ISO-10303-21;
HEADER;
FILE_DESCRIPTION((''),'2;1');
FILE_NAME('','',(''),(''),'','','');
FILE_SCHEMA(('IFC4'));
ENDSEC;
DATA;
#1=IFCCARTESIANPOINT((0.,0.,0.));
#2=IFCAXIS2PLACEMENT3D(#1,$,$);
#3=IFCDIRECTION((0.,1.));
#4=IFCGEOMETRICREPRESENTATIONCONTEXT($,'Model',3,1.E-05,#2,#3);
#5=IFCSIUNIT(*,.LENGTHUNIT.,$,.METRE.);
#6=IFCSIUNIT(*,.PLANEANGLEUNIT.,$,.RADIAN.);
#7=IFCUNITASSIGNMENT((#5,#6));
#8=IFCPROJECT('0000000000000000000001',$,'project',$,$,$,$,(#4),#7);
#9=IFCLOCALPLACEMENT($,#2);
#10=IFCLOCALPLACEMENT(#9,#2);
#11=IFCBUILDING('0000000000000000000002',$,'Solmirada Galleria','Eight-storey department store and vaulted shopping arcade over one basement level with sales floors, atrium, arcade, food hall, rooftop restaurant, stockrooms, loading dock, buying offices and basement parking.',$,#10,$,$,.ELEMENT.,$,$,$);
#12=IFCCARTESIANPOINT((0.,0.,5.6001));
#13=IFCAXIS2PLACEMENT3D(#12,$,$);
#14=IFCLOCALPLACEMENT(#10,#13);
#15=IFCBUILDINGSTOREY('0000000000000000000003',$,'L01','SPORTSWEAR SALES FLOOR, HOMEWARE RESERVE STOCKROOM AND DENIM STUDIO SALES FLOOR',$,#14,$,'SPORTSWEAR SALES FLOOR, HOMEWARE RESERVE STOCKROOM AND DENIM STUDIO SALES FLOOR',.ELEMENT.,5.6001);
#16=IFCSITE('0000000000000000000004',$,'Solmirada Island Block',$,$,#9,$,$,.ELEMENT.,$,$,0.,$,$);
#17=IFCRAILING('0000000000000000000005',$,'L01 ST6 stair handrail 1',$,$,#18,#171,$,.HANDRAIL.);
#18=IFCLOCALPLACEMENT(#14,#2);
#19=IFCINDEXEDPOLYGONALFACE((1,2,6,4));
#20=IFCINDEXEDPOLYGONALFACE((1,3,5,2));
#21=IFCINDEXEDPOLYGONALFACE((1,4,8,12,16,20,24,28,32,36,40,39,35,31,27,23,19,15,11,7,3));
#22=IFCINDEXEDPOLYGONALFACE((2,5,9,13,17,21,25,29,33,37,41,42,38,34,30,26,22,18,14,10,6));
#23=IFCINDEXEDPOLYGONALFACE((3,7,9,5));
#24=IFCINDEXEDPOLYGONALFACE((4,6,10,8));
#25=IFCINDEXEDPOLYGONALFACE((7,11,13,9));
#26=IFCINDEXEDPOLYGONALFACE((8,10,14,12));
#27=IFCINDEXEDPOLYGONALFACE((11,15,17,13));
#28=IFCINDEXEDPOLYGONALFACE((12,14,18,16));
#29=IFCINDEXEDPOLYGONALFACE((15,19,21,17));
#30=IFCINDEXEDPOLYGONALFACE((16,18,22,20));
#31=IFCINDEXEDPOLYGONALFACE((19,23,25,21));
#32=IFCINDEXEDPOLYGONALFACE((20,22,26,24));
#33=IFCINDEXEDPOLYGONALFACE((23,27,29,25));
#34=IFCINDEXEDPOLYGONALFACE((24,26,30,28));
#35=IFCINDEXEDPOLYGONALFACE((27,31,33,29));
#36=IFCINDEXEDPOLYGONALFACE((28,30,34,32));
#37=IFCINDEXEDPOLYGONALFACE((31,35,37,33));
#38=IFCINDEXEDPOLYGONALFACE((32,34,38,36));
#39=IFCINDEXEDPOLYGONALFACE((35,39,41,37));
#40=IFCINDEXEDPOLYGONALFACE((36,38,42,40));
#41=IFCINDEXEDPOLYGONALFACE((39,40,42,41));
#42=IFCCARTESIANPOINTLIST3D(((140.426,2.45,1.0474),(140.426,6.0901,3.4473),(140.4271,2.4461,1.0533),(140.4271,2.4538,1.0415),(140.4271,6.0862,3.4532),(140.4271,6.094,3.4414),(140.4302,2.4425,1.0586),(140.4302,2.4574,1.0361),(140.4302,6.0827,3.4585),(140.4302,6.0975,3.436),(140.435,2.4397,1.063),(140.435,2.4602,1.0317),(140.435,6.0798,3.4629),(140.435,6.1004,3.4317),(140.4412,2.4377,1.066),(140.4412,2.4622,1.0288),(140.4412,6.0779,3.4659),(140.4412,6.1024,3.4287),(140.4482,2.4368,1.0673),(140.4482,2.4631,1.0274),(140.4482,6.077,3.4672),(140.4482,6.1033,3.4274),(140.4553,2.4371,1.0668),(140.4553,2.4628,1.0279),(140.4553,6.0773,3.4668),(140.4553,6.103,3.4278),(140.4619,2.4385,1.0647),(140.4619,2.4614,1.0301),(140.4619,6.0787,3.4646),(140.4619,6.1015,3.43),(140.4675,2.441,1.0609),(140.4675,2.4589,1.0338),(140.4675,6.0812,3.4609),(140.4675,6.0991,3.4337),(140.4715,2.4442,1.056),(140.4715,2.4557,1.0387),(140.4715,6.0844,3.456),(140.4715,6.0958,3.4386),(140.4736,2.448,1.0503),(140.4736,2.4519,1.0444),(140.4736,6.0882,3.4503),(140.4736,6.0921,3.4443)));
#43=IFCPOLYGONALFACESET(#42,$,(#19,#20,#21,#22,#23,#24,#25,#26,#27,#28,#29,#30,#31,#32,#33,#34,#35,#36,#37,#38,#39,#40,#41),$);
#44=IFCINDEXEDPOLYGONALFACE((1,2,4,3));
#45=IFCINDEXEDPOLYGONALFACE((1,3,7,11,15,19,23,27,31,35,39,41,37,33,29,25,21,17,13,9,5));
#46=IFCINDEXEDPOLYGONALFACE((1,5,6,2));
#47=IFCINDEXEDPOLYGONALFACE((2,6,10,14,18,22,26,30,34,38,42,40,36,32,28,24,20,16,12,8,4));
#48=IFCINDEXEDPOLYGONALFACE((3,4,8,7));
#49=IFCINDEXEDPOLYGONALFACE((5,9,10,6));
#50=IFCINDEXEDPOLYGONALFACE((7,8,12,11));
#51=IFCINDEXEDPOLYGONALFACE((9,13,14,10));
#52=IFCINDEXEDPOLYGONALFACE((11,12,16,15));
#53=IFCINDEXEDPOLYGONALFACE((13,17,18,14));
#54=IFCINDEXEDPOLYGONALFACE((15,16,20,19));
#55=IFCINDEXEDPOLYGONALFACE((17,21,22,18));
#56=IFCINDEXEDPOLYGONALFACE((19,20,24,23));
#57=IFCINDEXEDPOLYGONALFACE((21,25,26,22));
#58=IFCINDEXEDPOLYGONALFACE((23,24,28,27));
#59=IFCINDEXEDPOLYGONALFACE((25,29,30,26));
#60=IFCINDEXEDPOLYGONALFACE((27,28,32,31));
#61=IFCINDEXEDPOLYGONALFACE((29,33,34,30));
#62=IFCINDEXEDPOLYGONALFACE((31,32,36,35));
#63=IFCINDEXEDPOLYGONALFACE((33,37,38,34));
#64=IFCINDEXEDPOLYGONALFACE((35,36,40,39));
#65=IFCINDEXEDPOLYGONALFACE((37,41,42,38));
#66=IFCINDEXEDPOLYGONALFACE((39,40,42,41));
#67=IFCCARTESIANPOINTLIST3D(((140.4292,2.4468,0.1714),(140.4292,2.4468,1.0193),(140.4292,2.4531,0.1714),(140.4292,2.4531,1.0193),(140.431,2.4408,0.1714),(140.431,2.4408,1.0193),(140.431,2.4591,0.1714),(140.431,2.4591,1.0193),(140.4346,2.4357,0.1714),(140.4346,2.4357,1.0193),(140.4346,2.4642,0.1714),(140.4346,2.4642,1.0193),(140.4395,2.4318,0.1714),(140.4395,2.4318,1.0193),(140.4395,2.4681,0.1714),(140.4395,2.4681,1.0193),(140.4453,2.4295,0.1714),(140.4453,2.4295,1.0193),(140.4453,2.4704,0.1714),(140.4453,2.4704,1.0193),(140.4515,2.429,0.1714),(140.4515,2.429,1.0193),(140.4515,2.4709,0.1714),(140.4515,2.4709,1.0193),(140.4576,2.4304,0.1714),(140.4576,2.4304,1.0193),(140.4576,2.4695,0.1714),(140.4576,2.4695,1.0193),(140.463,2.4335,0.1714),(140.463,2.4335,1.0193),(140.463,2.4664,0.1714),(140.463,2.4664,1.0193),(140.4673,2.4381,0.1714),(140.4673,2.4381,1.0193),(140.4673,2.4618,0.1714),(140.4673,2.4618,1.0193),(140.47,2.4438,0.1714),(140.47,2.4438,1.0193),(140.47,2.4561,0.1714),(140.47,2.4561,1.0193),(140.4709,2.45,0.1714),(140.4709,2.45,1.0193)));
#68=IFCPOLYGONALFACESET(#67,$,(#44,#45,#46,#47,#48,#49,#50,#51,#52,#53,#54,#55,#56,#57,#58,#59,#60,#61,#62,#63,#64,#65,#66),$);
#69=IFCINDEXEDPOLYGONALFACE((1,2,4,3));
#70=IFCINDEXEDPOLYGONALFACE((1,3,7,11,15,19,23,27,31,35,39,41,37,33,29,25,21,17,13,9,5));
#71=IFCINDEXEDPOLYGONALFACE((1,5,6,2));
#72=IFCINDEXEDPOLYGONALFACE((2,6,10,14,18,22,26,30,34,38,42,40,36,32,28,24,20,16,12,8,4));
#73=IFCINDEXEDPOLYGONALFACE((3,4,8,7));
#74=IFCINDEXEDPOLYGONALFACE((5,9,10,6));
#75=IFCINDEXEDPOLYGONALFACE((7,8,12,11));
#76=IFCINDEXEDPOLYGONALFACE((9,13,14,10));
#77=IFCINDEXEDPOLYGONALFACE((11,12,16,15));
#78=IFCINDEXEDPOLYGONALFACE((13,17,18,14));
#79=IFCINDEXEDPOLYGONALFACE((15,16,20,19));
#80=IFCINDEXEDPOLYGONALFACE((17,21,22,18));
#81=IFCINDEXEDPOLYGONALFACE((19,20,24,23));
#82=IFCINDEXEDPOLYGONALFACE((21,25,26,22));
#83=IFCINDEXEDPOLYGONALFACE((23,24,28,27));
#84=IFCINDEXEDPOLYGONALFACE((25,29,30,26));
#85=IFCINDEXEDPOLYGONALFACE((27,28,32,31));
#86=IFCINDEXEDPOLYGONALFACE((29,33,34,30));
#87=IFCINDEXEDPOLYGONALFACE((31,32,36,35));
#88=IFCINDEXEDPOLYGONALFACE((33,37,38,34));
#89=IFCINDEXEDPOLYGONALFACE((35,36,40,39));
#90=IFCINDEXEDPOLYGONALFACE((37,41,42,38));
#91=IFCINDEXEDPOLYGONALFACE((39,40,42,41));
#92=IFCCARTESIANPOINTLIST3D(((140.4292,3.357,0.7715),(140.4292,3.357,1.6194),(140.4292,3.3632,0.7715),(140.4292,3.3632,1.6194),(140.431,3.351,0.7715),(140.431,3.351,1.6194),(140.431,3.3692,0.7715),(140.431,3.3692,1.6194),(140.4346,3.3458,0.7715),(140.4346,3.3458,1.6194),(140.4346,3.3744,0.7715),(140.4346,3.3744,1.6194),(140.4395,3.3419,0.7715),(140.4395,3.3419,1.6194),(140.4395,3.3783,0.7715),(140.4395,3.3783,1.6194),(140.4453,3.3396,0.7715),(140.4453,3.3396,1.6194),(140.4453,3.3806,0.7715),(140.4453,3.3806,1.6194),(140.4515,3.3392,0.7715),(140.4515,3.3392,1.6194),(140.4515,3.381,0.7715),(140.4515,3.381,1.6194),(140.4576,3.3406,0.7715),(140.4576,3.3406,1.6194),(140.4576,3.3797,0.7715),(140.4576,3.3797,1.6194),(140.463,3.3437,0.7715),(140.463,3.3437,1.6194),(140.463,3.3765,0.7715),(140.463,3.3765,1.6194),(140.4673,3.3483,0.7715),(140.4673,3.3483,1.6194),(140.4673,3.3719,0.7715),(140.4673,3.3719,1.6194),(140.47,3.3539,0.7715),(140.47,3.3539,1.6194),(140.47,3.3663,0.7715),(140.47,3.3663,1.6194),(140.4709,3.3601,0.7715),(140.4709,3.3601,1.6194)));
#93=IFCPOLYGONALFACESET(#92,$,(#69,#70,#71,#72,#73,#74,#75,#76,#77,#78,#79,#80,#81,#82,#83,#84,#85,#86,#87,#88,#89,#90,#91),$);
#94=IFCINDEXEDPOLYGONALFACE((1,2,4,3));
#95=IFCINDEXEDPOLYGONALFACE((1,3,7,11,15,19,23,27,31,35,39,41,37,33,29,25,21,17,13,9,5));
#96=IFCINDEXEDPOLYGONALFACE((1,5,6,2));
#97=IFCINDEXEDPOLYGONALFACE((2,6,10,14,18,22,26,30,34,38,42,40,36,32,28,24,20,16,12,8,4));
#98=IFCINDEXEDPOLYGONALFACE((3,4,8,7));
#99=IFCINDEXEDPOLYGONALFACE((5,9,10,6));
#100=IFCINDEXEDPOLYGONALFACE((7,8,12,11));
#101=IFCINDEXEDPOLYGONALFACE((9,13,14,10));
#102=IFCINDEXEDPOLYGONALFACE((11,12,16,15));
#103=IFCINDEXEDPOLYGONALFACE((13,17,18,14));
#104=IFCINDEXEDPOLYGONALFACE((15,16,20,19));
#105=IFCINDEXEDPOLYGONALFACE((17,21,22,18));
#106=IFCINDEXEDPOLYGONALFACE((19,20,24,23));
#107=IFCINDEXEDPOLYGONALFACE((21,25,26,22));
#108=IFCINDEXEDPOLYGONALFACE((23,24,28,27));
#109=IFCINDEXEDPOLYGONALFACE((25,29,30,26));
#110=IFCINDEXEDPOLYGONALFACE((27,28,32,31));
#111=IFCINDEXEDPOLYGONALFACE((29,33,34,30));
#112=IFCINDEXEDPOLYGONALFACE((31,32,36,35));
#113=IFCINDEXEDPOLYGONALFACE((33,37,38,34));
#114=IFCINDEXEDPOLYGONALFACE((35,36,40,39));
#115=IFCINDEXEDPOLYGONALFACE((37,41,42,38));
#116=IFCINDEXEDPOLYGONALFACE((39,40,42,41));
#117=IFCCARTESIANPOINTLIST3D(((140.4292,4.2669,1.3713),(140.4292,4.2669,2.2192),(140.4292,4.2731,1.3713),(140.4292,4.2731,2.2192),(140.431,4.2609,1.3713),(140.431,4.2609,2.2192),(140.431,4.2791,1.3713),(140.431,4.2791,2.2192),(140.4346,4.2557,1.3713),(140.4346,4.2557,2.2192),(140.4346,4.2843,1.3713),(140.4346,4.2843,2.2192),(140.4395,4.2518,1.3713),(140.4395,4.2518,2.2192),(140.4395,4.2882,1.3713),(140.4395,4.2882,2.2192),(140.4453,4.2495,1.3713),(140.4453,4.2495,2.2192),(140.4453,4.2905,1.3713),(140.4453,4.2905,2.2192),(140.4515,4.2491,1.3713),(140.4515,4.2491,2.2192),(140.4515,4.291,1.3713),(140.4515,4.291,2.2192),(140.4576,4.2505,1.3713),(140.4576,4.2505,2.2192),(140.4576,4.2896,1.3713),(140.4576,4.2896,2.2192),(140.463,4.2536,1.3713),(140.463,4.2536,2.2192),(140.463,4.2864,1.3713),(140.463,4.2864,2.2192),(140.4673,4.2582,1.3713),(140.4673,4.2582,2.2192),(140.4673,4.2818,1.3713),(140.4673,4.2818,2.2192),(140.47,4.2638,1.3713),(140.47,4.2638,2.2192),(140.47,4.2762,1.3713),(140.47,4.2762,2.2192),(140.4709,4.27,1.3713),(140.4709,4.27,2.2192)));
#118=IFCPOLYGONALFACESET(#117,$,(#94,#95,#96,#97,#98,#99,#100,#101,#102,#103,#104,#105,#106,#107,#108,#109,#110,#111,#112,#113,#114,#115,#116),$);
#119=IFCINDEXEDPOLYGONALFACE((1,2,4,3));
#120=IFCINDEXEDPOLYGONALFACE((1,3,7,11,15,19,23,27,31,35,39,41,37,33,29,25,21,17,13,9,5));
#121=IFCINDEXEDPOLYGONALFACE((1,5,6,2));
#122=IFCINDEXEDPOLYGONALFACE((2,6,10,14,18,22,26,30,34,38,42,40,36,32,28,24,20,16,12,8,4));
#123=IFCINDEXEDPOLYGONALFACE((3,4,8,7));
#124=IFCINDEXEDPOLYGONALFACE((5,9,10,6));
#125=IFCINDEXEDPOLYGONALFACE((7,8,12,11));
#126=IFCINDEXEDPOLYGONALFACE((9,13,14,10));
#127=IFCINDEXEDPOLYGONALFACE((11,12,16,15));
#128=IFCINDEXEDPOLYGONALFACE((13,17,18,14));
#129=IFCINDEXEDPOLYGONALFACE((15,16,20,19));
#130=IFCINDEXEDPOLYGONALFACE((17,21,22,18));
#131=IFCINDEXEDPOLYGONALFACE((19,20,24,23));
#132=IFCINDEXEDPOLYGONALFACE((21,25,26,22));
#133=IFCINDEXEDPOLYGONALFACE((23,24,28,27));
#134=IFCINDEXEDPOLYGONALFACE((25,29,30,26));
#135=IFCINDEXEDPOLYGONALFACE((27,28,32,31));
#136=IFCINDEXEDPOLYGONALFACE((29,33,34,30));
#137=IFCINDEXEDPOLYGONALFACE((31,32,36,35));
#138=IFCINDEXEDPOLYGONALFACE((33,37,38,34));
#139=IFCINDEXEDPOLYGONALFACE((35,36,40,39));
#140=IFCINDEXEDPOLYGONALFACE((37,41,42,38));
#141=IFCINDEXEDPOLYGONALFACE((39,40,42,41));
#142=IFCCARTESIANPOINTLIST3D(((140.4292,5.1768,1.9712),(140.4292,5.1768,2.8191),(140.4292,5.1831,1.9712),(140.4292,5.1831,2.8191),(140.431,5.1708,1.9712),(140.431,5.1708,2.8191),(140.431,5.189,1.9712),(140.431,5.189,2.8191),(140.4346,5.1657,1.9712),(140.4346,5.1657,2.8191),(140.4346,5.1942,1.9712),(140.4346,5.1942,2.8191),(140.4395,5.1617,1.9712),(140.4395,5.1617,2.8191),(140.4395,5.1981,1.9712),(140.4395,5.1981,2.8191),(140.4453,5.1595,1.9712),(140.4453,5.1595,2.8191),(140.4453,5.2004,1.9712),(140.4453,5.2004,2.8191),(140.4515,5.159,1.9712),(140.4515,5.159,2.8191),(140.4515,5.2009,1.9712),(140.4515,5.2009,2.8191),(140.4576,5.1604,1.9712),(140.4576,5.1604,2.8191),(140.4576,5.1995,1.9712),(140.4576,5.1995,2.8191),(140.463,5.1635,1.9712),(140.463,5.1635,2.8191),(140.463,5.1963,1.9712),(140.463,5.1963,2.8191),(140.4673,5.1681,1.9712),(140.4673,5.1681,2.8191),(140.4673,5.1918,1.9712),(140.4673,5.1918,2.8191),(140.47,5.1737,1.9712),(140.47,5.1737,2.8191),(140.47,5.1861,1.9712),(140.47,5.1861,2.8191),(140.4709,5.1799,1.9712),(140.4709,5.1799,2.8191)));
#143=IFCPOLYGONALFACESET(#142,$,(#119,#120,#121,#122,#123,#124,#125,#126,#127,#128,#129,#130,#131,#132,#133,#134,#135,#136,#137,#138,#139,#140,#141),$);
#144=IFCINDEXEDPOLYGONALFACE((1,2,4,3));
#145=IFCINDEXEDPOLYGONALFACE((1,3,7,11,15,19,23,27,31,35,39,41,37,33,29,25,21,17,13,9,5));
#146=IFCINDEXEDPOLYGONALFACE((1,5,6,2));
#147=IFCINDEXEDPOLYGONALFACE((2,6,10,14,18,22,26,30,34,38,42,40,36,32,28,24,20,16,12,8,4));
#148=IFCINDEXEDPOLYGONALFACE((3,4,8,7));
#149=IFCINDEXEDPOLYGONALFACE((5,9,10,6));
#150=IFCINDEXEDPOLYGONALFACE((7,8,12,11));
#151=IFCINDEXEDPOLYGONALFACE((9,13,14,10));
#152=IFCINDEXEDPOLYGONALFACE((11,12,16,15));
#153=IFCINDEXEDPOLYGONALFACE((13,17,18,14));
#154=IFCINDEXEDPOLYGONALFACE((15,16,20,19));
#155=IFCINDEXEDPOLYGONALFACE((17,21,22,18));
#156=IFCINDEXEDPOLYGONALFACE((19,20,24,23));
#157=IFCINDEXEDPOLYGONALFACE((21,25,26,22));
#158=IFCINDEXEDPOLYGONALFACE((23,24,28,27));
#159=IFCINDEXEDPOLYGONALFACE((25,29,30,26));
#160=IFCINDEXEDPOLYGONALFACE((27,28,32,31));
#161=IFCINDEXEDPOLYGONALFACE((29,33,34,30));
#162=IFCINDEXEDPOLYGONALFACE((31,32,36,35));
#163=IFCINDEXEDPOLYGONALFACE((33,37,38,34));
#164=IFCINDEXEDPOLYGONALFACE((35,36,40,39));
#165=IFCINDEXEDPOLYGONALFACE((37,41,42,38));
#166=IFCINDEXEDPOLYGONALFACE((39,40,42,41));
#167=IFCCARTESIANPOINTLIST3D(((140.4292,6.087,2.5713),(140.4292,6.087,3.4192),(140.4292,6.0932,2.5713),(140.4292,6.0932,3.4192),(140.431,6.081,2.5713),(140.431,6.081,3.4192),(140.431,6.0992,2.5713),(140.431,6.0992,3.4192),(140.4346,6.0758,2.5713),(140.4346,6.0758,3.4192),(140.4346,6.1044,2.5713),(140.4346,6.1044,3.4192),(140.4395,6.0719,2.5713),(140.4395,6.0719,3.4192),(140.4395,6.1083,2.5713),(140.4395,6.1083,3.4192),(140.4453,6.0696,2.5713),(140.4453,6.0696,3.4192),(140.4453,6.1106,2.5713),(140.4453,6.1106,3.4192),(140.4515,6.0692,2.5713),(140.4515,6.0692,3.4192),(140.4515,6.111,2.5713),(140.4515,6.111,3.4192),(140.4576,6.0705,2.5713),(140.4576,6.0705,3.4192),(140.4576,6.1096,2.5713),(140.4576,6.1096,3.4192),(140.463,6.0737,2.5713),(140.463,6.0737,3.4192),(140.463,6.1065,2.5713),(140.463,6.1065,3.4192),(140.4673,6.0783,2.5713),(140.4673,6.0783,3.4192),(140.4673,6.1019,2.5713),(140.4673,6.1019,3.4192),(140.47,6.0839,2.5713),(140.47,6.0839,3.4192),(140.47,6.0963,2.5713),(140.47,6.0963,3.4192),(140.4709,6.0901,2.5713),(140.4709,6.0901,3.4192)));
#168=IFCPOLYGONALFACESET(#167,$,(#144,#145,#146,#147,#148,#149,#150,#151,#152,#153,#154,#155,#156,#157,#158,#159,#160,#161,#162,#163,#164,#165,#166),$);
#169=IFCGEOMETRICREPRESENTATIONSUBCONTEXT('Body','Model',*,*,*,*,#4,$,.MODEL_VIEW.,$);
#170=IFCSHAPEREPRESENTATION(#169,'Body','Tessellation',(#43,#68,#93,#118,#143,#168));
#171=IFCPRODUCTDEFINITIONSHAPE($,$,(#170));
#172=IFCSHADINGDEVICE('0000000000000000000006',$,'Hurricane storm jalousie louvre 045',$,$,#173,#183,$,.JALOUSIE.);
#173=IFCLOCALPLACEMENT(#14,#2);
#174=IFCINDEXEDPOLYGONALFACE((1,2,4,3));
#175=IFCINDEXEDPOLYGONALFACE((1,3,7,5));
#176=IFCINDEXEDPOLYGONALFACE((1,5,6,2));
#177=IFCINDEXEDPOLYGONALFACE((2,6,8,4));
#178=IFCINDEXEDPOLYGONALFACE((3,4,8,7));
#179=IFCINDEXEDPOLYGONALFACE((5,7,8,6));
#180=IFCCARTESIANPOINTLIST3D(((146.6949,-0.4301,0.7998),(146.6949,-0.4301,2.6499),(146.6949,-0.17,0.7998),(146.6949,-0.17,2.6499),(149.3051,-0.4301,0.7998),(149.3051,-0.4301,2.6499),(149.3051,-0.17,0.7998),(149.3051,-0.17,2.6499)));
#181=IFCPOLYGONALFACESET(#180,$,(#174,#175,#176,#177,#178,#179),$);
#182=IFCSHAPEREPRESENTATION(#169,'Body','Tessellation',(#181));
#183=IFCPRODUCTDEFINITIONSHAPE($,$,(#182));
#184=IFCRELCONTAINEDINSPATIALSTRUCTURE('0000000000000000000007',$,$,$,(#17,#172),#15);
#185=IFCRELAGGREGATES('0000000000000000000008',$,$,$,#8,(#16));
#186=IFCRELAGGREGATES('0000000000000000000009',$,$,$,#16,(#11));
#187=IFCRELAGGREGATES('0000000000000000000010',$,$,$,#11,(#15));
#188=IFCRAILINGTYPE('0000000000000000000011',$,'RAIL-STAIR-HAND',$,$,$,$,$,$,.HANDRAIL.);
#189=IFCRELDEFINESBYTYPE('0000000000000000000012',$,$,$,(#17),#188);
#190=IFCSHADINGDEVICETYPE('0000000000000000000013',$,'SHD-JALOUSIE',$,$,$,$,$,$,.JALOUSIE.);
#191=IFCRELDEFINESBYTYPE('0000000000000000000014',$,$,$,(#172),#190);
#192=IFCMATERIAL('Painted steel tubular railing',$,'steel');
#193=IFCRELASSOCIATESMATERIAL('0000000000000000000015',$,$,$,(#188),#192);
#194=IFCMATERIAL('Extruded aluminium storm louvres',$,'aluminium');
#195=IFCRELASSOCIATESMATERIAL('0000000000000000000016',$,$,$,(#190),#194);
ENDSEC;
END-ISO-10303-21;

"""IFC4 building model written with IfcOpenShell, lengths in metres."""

from ifc_helpers import new_model, si_unit, direction, frame, origin, origin_2d, place, context, subcontext, project, spatial, rectangle, circle, extrude, material, type_object, element, save


model = new_model("IFC4")

# Units and contexts
model_context = context("Model", 3, precision=1e-05, world=origin(), true_north=direction((0.0, 1.0)))
body_context = subcontext(model_context, "Body", "Model", "MODEL_VIEW")
ifc_project = project(units=[si_unit("LENGTHUNIT", "METRE"), si_unit("PLANEANGLEUNIT", "RADIAN")], contexts=[model_context])

# Site, building, storey
site_placement = place(None, origin())
site = spatial("IfcSite", under=ifc_project, at=site_placement, Name="Solmirada Island Block", CompositionType="ELEMENT", RefElevation=0.0)
building_placement = place(site_placement, origin())
building = spatial("IfcBuilding", under=site, at=building_placement, Name="Solmirada Galleria", Description="Eight-storey department store and vaulted shopping arcade over one basement level with sales floors, atrium, arcade, food hall, rooftop restaurant, stockrooms, loading dock, buying offices and basement parking.", CompositionType="ELEMENT")
storey_placement = place(building_placement, frame((0.0, 0.0, 5.6001)))
storey = spatial("IfcBuildingStorey", under=building, at=storey_placement, Name="L01", Description="SPORTSWEAR SALES FLOOR, HOMEWARE RESERVE STOCKROOM AND DENIM STUDIO SALES FLOOR", LongName="SPORTSWEAR SALES FLOOR, HOMEWARE RESERVE STOCKROOM AND DENIM STUDIO SALES FLOOR", CompositionType="ELEMENT", Elevation=5.6001)

# Railing
ifc_material_1 = material(Name="Painted steel tubular railing", Category="steel")
railing_type = type_object("IfcRailingType", Name="RAIL-STAIR-HAND", PredefinedType="HANDRAIL", material=ifc_material_1)
railing_placement = place(storey_placement, frame((140.45, 2.45, 0.1714)))
element("IfcRailing", 1, at=railing_placement, inside=storey, type_object=railing_type, Name="L01 ST6 stair handrail 1", PredefinedType="HANDRAIL", context=body_context, shape_type="SweptSolid", body=[
    extrude(circle(Radius=0.0239, at=origin_2d()), frame((0.0, 0.0, 0.876), z_axis=(0.0, 0.834882, 0.550429), x_axis=(-1.0, 0.0, 0.0)), (0.0, 0.0, 1.0), 4.3601),
    extrude(circle(Radius=0.021, at=origin_2d()), origin(), (0.0, 0.0, 1.0), 0.8479),
    extrude(circle(Radius=0.021, at=origin_2d()), frame((0.0, 0.9102, 0.6001)), (0.0, 0.0, 1.0), 0.8479),
    extrude(circle(Radius=0.021, at=origin_2d()), frame((0.0, 1.8201, 1.2)), (0.0, 0.0, 1.0), 0.8479),
    extrude(circle(Radius=0.021, at=origin_2d()), frame((0.0, 2.73, 1.7998)), (0.0, 0.0, 1.0), 0.8479),
    extrude(circle(Radius=0.021, at=origin_2d()), frame((0.0, 3.6401, 2.3999)), (0.0, 0.0, 1.0), 0.8479),
])

# Shading device
ifc_material_2 = material(Name="Extruded aluminium storm louvres", Category="aluminium")
shading_device_type = type_object("IfcShadingDeviceType", Name="SHD-JALOUSIE", PredefinedType="JALOUSIE", material=ifc_material_2)
shading_device_placement = place(storey_placement, frame((148.0, -0.3, 0.7998), z_axis=(0.0, 0.0, 1.0), x_axis=(-1.0, 0.0, 0.0)))
element("IfcShadingDevice", 2, at=shading_device_placement, inside=storey, type_object=shading_device_type, Name="Hurricane storm jalousie louvre 045", PredefinedType="JALOUSIE", context=body_context, shape_type="SweptSolid", body=[
    extrude(rectangle(XDim=2.6101, YDim=0.26, at=origin_2d()), origin(), (0.0, 0.0, 1.0), 1.8501),
])

save(model, "model.ifc")
